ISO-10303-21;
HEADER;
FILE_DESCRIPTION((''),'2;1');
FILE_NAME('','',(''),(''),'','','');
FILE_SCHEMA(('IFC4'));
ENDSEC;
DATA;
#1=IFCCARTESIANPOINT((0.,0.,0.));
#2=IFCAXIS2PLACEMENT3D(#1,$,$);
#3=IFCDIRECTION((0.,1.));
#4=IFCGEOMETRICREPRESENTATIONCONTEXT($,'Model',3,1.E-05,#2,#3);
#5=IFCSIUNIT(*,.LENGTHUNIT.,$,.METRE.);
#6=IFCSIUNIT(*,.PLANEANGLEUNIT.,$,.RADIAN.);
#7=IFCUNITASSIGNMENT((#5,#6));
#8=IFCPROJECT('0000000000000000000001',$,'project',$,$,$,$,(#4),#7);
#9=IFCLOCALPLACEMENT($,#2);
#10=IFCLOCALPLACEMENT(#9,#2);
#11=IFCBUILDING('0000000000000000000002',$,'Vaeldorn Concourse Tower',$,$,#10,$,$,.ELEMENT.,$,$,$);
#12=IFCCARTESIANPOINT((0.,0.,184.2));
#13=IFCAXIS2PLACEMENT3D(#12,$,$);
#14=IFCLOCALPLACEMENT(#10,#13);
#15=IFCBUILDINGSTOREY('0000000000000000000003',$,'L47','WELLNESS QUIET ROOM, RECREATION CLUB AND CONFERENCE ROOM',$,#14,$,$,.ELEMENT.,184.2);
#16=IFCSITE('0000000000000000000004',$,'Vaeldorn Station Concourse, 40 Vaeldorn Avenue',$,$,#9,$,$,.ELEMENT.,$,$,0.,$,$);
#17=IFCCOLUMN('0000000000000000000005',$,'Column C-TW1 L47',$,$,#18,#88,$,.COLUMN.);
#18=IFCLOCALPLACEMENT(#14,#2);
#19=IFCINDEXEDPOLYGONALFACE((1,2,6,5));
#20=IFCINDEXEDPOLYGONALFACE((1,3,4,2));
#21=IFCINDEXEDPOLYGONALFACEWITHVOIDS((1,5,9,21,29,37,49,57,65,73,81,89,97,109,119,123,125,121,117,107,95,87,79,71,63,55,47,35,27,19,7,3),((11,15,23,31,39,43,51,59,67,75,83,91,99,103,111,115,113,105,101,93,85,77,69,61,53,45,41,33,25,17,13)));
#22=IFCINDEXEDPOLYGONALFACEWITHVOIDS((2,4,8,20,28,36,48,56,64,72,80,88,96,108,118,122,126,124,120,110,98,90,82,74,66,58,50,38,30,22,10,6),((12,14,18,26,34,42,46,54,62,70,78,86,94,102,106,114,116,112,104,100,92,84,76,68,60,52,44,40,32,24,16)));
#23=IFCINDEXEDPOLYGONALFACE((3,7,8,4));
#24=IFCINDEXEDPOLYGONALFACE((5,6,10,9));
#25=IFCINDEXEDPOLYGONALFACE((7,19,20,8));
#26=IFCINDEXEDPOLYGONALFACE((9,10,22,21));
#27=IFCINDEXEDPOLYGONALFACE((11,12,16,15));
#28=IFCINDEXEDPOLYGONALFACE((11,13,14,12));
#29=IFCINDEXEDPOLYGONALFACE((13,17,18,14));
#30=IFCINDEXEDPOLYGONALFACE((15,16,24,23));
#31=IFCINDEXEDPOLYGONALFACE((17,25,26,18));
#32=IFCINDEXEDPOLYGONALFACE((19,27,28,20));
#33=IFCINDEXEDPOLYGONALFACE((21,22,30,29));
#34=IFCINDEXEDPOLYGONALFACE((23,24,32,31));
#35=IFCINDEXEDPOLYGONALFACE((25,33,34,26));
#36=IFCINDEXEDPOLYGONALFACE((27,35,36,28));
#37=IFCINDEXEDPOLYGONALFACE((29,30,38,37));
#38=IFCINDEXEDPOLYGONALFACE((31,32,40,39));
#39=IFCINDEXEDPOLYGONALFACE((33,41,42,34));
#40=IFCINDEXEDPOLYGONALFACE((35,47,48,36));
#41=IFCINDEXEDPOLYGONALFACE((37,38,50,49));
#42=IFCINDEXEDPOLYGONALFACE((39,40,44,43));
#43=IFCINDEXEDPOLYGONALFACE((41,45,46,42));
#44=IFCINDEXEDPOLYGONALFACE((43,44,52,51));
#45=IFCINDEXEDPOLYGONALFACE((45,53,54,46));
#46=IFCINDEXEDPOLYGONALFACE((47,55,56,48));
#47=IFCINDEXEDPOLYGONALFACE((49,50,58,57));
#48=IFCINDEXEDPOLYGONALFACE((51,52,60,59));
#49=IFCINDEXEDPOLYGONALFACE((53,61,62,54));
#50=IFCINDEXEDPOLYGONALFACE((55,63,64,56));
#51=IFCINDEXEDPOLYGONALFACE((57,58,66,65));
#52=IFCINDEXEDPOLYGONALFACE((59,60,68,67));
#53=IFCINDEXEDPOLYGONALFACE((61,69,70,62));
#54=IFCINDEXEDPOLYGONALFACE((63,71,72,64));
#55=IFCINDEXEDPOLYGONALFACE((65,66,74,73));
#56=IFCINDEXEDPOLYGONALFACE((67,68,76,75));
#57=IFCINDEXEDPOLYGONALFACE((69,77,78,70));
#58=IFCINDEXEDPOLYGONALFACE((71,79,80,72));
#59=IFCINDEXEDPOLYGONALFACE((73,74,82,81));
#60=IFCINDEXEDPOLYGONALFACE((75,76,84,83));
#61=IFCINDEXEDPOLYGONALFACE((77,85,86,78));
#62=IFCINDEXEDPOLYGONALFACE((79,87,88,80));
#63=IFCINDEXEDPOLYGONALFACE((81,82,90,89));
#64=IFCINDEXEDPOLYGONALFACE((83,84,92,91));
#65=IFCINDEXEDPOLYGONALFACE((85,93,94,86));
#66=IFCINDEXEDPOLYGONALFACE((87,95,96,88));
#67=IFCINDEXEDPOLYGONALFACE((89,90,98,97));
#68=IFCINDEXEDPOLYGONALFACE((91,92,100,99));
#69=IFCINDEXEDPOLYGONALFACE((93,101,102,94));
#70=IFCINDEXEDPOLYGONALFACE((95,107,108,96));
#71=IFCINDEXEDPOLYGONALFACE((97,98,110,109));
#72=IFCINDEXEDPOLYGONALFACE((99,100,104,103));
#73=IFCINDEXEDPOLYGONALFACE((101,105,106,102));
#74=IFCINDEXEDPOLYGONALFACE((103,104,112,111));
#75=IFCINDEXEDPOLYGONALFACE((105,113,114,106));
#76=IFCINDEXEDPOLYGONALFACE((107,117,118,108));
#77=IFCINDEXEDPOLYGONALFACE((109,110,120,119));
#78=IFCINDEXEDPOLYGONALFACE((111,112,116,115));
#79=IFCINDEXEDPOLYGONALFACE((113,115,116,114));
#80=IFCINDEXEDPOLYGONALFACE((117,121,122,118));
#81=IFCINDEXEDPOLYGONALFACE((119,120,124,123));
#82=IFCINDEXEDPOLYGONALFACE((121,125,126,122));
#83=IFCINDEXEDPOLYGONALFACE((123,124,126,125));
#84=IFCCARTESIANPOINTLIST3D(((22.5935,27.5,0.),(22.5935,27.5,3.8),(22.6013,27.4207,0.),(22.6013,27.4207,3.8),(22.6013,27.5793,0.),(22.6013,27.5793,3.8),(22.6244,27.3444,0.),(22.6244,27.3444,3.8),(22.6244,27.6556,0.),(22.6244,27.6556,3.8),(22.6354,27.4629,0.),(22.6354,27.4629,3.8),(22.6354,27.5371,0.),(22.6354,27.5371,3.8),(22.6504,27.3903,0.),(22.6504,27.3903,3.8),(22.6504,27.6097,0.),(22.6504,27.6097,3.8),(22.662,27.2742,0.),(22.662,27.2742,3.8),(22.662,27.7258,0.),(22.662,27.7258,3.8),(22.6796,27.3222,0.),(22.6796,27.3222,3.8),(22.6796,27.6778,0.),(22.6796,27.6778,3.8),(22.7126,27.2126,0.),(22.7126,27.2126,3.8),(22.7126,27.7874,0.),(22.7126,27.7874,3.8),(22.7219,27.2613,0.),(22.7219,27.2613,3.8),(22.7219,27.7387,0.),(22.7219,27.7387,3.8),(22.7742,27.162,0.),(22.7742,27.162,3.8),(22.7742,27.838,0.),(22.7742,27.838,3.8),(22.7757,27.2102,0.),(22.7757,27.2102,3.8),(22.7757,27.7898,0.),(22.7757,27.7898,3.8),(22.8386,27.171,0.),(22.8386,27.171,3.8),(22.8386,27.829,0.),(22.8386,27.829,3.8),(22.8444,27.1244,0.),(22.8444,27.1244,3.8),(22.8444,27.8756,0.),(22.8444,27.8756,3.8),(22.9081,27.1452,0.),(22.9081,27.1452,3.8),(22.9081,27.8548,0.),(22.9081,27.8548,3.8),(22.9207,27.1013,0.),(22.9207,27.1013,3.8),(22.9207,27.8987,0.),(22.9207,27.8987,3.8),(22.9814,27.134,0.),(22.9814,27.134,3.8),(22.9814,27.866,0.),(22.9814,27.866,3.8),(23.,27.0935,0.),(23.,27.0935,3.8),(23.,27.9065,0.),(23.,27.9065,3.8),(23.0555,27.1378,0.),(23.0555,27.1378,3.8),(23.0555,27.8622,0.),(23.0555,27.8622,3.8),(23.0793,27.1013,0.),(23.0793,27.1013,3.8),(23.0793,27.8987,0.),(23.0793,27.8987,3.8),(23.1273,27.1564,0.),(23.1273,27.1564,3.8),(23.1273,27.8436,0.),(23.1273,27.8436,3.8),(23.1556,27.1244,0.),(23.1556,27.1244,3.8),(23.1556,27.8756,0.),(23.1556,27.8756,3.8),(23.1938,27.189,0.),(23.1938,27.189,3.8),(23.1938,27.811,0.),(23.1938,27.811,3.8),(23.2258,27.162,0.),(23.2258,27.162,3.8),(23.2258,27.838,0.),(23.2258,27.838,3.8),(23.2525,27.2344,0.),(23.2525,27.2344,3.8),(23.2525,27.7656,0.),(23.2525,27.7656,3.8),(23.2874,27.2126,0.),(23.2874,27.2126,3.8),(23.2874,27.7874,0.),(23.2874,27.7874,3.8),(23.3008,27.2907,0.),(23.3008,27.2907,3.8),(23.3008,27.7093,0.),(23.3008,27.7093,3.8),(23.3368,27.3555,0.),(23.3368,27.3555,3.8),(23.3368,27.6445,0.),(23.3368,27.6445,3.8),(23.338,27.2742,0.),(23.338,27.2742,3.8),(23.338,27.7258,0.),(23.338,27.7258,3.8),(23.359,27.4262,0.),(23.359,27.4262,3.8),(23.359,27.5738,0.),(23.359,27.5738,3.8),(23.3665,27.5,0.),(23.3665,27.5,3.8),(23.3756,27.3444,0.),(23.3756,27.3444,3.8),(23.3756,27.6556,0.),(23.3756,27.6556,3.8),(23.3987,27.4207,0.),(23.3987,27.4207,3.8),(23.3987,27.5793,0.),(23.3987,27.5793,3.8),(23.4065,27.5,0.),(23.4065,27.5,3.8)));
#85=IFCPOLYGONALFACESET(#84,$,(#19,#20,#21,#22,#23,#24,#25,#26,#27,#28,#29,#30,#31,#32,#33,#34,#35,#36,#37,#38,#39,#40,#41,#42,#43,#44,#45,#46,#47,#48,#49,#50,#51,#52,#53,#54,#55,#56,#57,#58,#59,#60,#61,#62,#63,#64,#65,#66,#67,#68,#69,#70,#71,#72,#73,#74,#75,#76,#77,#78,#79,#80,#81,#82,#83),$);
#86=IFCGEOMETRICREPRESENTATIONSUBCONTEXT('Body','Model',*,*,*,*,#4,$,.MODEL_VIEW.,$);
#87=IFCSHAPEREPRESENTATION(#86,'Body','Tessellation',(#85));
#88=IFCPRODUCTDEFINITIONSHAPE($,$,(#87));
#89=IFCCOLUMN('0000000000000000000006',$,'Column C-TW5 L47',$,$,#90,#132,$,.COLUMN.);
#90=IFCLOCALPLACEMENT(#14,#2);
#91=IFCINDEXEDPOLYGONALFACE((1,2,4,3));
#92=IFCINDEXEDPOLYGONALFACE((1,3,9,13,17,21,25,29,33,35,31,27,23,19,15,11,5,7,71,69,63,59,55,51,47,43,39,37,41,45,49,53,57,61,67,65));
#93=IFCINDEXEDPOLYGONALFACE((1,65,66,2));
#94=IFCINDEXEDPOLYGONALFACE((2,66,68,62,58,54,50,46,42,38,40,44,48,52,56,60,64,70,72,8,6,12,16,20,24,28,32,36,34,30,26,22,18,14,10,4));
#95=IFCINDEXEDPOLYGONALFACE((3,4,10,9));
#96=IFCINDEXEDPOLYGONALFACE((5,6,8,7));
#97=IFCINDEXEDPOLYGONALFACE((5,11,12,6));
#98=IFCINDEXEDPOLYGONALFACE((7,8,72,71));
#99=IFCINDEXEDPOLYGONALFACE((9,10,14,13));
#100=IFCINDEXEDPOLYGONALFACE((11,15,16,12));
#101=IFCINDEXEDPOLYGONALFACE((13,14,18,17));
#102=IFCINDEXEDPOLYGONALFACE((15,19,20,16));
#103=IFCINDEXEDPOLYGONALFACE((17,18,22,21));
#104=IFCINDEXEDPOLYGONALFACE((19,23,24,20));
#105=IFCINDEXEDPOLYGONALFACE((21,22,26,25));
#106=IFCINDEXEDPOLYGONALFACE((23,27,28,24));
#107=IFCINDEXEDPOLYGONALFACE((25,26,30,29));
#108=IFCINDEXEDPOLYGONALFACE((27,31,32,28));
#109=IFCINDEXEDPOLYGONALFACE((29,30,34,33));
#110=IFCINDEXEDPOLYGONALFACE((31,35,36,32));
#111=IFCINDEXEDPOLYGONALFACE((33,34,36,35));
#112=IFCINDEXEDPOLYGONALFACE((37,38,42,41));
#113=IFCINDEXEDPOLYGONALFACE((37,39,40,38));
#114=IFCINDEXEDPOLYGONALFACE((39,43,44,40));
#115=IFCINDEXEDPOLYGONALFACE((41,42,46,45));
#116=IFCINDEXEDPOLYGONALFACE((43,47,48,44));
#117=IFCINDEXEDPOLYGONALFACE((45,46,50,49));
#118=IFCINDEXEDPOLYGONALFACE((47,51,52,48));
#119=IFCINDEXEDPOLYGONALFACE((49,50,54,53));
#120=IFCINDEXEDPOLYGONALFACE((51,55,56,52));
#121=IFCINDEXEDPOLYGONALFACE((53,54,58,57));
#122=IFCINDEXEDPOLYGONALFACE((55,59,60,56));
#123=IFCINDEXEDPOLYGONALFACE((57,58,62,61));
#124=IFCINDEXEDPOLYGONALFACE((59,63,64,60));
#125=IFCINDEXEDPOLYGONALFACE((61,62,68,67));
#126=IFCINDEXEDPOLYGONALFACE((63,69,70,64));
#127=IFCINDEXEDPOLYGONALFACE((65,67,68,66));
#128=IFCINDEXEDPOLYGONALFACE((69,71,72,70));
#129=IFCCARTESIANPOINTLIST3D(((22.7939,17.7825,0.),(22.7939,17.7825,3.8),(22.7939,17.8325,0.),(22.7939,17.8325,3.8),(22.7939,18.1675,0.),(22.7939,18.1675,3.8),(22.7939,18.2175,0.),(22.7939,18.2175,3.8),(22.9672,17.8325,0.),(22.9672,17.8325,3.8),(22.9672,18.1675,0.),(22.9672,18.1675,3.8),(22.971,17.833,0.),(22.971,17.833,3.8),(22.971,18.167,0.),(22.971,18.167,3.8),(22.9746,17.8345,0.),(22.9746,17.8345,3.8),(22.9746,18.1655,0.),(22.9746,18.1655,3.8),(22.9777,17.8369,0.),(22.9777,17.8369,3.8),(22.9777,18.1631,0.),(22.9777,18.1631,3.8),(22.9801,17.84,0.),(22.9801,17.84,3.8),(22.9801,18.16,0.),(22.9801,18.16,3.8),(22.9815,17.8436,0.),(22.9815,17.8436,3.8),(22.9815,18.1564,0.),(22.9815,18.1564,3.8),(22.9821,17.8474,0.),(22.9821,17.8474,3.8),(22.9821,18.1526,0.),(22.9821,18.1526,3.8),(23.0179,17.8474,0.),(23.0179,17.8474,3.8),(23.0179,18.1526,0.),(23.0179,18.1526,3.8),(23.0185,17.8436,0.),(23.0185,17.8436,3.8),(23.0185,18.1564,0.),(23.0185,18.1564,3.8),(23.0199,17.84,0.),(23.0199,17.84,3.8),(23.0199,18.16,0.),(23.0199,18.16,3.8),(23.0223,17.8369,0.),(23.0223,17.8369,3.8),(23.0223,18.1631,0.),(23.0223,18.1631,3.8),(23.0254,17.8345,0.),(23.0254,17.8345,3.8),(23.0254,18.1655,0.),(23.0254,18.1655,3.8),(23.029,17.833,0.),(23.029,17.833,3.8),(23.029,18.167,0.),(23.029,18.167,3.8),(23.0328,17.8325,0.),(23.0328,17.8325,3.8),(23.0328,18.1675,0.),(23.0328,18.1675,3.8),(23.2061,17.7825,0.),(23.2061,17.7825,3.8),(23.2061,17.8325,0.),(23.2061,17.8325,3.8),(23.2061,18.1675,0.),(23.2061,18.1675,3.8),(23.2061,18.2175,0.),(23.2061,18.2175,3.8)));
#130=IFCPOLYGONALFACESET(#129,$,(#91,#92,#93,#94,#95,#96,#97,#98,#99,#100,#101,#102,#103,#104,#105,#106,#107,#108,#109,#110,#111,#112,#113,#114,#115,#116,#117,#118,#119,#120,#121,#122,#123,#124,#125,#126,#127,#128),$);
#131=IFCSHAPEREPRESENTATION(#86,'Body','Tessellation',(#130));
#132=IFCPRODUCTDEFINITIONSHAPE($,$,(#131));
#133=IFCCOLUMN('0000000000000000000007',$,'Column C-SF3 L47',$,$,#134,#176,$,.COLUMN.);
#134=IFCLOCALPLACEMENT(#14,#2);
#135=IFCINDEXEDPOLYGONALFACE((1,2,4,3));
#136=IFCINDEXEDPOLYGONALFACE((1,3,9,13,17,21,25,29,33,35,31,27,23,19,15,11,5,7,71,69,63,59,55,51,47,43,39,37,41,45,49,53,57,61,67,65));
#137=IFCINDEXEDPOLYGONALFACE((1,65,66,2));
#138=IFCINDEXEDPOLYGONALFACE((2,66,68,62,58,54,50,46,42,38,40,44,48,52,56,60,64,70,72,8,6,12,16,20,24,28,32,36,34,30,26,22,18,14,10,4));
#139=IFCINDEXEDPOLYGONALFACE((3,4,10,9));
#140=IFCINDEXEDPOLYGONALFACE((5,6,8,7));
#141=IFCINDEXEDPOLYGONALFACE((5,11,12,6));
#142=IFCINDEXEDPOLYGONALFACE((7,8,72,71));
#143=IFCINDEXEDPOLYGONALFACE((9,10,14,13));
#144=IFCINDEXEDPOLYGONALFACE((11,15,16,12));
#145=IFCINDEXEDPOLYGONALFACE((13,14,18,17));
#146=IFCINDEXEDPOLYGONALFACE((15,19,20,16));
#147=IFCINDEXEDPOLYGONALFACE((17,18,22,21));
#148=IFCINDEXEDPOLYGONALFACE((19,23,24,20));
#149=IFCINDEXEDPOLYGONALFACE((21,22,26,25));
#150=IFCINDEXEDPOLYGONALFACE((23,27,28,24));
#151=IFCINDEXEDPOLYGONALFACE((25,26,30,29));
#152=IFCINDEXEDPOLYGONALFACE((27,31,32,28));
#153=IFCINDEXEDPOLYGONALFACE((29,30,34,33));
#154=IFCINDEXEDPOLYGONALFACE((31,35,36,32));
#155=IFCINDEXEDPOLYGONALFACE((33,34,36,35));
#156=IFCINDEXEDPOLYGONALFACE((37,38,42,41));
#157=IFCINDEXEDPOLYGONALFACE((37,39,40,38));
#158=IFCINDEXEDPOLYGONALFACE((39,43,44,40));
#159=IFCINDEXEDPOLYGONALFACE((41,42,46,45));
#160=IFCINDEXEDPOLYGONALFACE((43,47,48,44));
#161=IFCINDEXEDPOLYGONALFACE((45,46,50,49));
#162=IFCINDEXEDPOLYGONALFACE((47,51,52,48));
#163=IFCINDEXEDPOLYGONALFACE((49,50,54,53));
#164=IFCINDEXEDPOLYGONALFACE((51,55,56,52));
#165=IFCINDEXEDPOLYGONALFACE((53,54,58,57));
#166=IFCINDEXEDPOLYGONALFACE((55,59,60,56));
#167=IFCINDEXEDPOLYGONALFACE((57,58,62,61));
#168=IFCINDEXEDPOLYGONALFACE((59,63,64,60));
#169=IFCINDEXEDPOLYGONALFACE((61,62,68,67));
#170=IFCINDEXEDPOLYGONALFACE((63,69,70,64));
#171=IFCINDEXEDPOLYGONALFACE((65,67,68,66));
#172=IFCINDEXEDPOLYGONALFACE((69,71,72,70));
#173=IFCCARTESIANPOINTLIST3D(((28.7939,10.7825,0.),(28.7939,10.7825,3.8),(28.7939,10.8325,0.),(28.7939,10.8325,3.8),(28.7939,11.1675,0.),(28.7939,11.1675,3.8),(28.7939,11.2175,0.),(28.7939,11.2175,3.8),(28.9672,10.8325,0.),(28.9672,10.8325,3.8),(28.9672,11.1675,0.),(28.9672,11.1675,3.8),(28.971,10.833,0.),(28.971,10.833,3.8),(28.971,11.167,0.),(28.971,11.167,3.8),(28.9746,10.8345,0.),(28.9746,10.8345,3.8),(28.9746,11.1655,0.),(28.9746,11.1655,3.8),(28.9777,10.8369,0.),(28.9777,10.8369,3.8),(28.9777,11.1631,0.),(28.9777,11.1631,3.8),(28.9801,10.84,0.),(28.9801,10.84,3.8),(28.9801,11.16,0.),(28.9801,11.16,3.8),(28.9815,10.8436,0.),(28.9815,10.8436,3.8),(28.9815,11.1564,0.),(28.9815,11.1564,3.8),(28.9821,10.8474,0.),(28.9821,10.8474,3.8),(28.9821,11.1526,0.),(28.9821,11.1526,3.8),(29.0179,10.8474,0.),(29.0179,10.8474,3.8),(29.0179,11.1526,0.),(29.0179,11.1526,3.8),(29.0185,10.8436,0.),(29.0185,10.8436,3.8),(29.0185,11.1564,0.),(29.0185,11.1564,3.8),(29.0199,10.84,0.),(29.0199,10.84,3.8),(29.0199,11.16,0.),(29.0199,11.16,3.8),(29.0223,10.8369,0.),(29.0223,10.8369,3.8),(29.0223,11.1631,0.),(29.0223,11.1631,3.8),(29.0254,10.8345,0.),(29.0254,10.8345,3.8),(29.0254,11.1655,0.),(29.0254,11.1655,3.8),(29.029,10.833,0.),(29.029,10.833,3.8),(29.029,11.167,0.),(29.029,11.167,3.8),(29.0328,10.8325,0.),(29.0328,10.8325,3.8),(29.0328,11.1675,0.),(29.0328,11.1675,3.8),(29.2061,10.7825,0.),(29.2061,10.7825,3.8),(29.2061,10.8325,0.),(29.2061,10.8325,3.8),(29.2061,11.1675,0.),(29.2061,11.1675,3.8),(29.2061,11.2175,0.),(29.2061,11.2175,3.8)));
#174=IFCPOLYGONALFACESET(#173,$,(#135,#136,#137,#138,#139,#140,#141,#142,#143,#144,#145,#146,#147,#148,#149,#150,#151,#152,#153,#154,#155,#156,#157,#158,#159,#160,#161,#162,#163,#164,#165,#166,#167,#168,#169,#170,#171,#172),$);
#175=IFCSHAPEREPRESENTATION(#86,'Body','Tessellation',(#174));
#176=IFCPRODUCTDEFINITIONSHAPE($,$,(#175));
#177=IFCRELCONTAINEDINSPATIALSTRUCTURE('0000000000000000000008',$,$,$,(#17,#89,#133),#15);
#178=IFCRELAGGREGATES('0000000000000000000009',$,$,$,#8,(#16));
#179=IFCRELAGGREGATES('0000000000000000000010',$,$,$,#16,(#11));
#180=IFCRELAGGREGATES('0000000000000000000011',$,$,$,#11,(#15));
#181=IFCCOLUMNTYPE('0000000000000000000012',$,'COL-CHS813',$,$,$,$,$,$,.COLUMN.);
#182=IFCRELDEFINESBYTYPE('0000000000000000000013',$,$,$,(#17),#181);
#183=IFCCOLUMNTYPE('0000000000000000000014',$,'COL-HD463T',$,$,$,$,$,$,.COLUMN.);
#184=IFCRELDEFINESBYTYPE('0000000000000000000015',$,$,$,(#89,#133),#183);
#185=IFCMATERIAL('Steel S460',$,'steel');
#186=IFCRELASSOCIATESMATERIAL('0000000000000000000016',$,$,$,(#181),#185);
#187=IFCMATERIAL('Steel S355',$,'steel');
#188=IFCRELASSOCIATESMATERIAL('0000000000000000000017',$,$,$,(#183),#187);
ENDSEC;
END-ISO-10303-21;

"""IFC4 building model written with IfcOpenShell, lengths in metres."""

from ifc_helpers import new_model, si_unit, direction, frame, origin, origin_2d, place, context, subcontext, project, spatial, hollow_circle, i_section, extrude, source, transform, mapped, material, material_profile, profile_set, type_object, element, save


model = new_model("IFC4")

# Units and contexts
model_context = context("Model", 3, precision=1e-05, world=origin(), true_north=direction((0.0, 1.0)))
body_context = subcontext(model_context, "Body", "Model", "MODEL_VIEW")
ifc_project = project(units=[si_unit("LENGTHUNIT", "METRE"), si_unit("PLANEANGLEUNIT", "RADIAN")], contexts=[model_context])

# Site, building, storey
site_placement = place(None, origin())
site = spatial("IfcSite", under=ifc_project, at=site_placement, Name="Vaeldorn Station Concourse, 40 Vaeldorn Avenue", CompositionType="ELEMENT", RefElevation=0.0)
building_placement = place(site_placement, origin())
building = spatial("IfcBuilding", under=site, at=building_placement, Name="Vaeldorn Concourse Tower", CompositionType="ELEMENT")
storey_placement = place(building_placement, frame((0.0, 0.0, 184.2)))
storey = spatial("IfcBuildingStorey", under=building, at=storey_placement, Name="L47", Description="WELLNESS QUIET ROOM, RECREATION CLUB AND CONFERENCE ROOM", CompositionType="ELEMENT", Elevation=184.2)

# Columns
ifc_material_1 = material(Name="Steel S460", Category="steel")
ifc_material_profile_1 = material_profile(ifc_material_1, hollow_circle(Radius=0.4065, WallThickness=0.04, at=origin_2d()), Name="CHS 813x40")
ifc_profile_set_1 = profile_set([ifc_material_profile_1], Name="Steel S460")
column_type_1 = type_object("IfcColumnType", Name="COL-CHS813", PredefinedType="COLUMN", material=ifc_profile_set_1)
shared_shape_1 = source(origin(), body_context, "Body", "SweptSolid", [
    extrude(hollow_circle(Radius=0.4065, WallThickness=0.04, at=origin_2d()), origin(), (0.0, 0.0, 1.0), 3.8),
])
column_placement = place(storey_placement, frame((23.0, 27.5, 0.0), z_axis=(0.0, 0.0, 1.0), x_axis=(1.0, 0.0, 0.0)))
element("IfcColumn", 1, at=column_placement, inside=storey, type_object=column_type_1, Name="Column C-TW1 L47", PredefinedType="COLUMN", context=body_context, shape_type="MappedRepresentation", body=[
    mapped(shared_shape_1, transform((0.0, 0.0, 0.0), scale=1.0)),
])
ifc_material_2 = material(Name="Steel S355", Category="steel")
ifc_material_profile_2 = material_profile(ifc_material_2, i_section(OverallWidth=0.4121, OverallDepth=0.4351, WebThickness=0.0359, FlangeThickness=0.05, FilletRadius=0.0149, at=origin_2d()), Name="HD 400x463")
ifc_profile_set_2 = profile_set([ifc_material_profile_2], Name="Steel S355")
column_type_2 = type_object("IfcColumnType", Name="COL-HD463T", PredefinedType="COLUMN", material=ifc_profile_set_2)
shared_shape_2 = source(origin(), body_context, "Body", "SweptSolid", [
    extrude(i_section(OverallWidth=0.4121, OverallDepth=0.4351, WebThickness=0.0359, FlangeThickness=0.05, FilletRadius=0.0149, at=origin_2d()), origin(), (0.0, 0.0, 1.0), 3.8),
])
for number, where, z_axis, x_axis, name in (
    (2, (23.0, 18.0, 0.0), (0.0, 0.0, 1.0), (1.0, 0.0, 0.0), "Column C-TW5 L47"),
    (3, (29.0, 11.0, 0.0), (0.0, 0.0, 1.0), (1.0, 0.0, 0.0), "Column C-SF3 L47"),
):
    element("IfcColumn", number, at=place(storey_placement, frame(where, z_axis=z_axis, x_axis=x_axis)), inside=storey, type_object=column_type_2, Name=name, PredefinedType="COLUMN", context=body_context, shape_type="MappedRepresentation", body=[
        mapped(shared_shape_2, transform((0.0, 0.0, 0.0), scale=1.0)),
    ])

save(model, "model.ifc")
